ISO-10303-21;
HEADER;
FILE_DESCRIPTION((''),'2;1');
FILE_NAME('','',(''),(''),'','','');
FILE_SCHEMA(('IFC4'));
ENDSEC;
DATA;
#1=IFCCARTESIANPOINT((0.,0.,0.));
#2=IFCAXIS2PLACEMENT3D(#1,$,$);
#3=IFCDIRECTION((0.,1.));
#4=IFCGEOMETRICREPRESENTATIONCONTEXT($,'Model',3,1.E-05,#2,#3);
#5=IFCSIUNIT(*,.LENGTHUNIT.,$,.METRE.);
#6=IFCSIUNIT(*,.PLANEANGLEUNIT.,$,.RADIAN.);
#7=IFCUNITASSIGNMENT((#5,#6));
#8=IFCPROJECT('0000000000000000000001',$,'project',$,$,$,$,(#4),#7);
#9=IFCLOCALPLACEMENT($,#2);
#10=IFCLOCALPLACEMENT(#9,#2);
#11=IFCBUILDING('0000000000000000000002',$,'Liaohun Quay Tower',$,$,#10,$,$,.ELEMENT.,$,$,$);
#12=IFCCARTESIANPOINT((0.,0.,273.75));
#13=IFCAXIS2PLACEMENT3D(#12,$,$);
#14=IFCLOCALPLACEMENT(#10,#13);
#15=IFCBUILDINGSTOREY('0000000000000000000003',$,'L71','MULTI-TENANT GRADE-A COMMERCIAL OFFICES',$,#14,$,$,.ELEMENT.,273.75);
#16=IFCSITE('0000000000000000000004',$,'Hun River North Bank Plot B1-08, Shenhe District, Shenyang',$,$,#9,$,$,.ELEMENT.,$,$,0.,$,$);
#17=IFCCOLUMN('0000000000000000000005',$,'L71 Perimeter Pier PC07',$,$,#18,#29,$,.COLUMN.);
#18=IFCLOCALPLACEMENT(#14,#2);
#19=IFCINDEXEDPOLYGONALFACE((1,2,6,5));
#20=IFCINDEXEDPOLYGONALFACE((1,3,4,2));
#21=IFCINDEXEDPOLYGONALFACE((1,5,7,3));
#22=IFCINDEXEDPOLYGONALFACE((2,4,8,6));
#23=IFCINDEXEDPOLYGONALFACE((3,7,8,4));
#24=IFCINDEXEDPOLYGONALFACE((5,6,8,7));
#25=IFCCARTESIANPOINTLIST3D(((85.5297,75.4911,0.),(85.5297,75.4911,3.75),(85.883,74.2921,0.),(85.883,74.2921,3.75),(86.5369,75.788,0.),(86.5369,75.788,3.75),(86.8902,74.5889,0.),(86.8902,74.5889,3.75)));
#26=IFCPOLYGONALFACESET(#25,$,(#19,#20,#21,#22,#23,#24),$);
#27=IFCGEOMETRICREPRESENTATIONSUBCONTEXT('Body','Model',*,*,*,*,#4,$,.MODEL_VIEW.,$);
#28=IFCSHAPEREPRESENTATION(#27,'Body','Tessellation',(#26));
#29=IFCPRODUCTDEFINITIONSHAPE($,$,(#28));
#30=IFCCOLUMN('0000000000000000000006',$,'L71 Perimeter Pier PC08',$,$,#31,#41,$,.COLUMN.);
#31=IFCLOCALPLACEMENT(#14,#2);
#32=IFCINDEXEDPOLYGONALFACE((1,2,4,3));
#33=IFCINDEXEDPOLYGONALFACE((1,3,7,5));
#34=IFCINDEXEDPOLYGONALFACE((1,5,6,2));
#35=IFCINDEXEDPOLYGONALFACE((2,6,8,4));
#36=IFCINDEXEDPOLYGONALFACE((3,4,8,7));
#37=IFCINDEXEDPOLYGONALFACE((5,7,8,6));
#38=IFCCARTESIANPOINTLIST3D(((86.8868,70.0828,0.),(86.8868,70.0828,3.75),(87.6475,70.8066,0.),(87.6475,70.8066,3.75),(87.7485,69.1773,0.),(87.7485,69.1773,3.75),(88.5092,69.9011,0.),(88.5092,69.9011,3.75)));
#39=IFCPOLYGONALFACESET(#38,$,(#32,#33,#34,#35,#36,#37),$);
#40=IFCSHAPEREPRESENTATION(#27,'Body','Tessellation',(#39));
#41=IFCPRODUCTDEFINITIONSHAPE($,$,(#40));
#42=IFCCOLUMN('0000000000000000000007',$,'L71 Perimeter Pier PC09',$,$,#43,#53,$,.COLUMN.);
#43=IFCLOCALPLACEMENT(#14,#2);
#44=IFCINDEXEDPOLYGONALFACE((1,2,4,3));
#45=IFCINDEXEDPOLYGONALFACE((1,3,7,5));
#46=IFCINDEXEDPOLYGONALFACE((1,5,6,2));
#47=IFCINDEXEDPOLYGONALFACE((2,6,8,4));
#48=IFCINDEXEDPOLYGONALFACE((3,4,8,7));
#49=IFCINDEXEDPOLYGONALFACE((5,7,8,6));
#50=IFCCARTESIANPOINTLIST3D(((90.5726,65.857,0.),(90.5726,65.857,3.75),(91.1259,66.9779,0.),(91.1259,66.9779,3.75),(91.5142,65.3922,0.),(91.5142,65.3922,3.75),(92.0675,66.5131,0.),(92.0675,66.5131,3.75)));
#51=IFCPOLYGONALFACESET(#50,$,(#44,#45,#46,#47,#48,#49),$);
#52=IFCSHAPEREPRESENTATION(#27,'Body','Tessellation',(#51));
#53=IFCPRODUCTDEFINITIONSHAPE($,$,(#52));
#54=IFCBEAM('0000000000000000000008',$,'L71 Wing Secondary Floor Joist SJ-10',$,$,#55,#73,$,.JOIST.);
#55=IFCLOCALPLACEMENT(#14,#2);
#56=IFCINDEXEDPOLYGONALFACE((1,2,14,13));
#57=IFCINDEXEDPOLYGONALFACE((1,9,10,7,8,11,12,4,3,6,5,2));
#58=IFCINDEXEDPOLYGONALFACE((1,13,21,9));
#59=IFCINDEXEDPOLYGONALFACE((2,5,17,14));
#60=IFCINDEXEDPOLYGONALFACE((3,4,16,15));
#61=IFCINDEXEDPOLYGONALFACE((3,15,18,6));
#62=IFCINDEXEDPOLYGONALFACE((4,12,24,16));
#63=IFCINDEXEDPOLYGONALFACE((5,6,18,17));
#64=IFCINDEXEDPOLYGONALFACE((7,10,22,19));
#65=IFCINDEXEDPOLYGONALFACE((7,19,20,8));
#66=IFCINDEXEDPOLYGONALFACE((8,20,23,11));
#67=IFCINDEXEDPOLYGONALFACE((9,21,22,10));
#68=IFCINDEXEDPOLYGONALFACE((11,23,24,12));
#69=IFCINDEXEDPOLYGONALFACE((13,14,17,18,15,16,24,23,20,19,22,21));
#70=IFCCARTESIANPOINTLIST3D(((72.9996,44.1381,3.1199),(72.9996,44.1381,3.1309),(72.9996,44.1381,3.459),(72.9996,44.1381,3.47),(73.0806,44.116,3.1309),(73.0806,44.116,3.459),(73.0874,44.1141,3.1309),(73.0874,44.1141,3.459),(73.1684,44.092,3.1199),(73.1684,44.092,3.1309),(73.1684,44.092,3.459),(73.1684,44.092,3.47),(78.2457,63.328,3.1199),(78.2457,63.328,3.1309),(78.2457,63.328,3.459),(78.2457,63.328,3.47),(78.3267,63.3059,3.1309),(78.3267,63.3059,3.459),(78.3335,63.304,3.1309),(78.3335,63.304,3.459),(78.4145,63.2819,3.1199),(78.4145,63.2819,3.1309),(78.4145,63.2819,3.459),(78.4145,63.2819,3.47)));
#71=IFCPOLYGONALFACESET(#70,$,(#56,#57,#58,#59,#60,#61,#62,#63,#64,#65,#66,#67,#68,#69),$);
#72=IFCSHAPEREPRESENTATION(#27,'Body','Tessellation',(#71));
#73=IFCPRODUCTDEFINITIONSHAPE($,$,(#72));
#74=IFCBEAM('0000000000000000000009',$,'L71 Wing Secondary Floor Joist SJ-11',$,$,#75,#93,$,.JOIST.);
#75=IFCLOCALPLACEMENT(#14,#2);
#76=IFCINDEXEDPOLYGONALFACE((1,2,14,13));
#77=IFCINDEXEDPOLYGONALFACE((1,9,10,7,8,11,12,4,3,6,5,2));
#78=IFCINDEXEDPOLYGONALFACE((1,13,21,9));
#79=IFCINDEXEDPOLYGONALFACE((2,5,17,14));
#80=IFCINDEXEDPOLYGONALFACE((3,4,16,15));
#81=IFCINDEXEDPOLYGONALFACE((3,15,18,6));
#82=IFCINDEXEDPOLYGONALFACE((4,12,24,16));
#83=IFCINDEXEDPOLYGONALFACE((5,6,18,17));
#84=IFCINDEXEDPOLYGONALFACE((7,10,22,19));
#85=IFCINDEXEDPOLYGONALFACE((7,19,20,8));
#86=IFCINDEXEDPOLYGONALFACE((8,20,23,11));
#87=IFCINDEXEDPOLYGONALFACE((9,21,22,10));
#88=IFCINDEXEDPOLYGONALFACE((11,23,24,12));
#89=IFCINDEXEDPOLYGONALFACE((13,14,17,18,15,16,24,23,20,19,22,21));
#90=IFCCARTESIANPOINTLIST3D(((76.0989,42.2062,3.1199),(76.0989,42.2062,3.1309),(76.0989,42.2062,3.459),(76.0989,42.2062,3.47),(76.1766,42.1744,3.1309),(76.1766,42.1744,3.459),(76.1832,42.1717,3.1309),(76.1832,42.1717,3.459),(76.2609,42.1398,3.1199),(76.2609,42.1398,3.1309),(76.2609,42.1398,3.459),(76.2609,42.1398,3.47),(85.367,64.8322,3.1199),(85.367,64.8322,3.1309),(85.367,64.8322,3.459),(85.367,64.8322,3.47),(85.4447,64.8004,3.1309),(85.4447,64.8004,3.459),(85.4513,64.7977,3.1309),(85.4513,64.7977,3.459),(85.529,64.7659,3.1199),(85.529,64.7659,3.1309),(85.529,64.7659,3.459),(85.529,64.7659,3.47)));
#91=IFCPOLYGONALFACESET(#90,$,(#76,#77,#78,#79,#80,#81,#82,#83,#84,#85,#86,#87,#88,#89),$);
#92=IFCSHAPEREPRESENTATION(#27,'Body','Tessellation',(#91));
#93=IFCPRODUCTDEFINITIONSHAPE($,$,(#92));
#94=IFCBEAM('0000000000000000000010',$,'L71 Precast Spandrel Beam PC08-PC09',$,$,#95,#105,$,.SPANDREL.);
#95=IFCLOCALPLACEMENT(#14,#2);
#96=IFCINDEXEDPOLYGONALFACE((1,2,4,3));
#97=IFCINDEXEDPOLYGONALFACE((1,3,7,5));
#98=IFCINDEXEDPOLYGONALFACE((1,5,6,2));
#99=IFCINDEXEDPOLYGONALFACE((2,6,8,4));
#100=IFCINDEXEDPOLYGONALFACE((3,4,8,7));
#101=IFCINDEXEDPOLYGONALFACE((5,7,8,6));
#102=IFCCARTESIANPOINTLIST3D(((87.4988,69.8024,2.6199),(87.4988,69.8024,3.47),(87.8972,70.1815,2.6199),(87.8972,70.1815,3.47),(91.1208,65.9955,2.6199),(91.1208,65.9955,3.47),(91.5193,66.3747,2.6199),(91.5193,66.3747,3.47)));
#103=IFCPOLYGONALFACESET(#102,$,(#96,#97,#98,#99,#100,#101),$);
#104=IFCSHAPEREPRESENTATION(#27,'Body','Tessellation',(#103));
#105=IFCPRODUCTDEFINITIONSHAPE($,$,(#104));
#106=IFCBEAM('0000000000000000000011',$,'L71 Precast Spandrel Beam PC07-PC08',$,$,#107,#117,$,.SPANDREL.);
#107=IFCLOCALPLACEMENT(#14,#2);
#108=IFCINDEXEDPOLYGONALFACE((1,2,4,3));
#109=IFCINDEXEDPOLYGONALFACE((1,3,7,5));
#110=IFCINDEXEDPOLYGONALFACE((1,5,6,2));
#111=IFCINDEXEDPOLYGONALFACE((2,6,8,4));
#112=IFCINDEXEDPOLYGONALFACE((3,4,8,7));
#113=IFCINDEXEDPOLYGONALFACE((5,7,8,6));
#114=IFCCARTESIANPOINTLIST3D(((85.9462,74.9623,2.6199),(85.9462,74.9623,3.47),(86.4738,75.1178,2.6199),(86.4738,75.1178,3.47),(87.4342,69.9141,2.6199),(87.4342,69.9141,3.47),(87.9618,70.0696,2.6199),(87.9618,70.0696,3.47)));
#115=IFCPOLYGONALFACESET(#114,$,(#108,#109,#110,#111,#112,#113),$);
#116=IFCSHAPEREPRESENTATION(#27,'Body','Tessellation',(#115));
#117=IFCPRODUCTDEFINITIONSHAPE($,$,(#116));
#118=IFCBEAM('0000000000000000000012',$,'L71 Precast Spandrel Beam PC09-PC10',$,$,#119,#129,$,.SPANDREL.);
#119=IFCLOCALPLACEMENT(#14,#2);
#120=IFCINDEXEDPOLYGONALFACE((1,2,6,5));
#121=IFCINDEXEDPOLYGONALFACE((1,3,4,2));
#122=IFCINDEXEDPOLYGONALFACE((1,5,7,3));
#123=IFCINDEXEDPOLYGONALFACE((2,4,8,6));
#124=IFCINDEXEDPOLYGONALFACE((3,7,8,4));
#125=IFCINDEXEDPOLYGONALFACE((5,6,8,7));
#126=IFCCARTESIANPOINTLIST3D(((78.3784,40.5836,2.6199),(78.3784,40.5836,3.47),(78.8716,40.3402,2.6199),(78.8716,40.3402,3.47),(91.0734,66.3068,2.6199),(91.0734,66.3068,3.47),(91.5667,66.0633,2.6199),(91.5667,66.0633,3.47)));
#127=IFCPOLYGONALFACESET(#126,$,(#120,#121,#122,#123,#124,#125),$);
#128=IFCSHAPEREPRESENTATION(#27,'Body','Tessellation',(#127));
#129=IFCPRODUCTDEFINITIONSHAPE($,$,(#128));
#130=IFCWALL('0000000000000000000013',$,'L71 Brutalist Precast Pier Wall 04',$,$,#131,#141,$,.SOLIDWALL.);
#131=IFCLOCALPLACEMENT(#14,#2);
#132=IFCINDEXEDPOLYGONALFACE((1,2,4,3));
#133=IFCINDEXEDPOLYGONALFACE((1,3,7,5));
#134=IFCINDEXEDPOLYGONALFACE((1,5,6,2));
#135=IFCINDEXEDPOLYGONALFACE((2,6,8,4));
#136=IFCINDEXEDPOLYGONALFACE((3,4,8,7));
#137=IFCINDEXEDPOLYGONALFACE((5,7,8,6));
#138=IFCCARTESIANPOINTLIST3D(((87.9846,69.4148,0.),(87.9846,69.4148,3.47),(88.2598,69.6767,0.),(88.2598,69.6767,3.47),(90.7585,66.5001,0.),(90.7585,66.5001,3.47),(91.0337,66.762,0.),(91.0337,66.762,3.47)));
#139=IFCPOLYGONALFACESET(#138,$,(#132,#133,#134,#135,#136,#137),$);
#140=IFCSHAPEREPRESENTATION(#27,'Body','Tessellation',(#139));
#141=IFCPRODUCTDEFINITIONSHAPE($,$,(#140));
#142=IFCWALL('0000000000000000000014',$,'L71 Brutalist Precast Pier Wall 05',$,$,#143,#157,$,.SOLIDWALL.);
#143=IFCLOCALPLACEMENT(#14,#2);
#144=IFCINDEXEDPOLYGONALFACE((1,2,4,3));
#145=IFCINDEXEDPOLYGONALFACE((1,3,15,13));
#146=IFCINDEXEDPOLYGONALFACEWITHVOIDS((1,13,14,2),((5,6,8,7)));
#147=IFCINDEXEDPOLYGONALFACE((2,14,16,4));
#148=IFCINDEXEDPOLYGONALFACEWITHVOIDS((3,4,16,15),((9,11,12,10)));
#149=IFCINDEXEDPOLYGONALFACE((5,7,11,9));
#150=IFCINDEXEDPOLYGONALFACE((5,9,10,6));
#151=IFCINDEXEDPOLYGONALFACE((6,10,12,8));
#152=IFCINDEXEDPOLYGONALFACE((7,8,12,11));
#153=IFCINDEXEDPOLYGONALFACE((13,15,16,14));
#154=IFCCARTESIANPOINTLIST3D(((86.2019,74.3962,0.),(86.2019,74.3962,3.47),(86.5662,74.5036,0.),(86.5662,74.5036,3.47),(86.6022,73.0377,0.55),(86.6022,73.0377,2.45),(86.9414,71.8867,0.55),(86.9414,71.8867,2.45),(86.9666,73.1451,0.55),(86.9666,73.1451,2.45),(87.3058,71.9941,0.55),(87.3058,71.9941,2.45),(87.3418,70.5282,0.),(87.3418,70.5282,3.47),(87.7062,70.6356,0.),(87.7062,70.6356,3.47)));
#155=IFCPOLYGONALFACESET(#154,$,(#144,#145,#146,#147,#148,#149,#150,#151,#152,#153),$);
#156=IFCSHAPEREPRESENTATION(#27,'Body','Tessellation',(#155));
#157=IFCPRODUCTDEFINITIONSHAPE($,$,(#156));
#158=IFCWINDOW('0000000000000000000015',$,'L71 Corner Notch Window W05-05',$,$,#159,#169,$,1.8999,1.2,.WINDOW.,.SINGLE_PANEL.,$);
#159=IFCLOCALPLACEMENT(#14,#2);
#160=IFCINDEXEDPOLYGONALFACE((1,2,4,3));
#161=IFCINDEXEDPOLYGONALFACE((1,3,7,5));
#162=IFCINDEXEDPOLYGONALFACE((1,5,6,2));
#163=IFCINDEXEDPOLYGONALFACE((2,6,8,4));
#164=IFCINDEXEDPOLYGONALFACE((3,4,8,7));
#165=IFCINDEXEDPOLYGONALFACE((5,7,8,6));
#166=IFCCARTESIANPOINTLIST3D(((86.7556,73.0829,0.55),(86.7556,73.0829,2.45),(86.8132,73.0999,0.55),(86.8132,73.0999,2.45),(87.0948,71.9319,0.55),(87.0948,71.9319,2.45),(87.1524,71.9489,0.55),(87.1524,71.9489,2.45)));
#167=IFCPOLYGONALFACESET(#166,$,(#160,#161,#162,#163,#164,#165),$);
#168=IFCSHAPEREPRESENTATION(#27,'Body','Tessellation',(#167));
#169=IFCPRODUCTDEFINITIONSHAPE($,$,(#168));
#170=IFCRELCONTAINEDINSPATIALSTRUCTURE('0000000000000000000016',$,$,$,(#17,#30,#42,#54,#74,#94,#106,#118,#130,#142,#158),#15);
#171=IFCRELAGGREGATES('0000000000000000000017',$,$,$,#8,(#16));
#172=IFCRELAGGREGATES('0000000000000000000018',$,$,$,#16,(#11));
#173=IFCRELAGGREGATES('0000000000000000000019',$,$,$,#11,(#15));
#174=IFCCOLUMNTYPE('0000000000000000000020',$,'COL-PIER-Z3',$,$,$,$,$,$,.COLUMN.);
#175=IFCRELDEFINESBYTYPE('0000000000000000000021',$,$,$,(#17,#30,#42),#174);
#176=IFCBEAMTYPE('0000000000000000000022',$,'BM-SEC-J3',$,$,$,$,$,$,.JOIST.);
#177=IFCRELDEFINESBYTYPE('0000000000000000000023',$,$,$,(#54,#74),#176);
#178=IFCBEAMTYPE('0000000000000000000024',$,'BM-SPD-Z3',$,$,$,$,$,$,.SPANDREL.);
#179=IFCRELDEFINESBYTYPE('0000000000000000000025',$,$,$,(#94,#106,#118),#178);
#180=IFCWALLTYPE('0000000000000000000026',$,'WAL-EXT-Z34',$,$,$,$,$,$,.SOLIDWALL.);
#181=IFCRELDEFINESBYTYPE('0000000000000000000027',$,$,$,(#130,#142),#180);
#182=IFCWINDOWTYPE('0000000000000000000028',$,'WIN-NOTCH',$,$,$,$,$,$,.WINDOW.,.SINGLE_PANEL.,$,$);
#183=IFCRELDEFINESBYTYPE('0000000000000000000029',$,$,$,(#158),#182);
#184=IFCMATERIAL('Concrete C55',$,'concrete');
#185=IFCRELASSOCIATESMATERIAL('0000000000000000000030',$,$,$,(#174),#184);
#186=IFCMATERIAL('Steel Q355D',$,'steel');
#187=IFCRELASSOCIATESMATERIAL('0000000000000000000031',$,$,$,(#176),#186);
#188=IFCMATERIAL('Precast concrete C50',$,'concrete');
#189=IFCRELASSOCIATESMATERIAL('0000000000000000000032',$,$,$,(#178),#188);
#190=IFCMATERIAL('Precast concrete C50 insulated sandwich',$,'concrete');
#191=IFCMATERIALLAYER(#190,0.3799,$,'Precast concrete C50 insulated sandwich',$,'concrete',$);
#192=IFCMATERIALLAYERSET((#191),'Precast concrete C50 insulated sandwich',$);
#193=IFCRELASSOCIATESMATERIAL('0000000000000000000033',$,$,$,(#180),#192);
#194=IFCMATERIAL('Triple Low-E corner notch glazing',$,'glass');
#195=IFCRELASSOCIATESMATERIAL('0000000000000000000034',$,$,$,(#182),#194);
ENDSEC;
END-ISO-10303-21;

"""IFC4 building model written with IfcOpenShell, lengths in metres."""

from ifc_helpers import new_model, si_unit, direction, frame, frame_2d, origin, origin_2d, place, context, subcontext, project, spatial, rectangle, i_section, extrude, source, transform, mapped, material, layer, layer_set, material_profile, profile_set, type_object, element, fill, save


model = new_model("IFC4")

# Units and contexts
model_context = context("Model", 3, precision=1e-05, world=origin(), true_north=direction((0.0, 1.0)))
body_context = subcontext(model_context, "Body", "Model", "MODEL_VIEW")
ifc_project = project(units=[si_unit("LENGTHUNIT", "METRE"), si_unit("PLANEANGLEUNIT", "RADIAN")], contexts=[model_context])

# Site, building, storey
site_placement = place(None, origin())
site = spatial("IfcSite", under=ifc_project, at=site_placement, Name="Hun River North Bank Plot B1-08, Shenhe District, Shenyang", CompositionType="ELEMENT", RefElevation=0.0)
building_placement = place(site_placement, origin())
building = spatial("IfcBuilding", under=site, at=building_placement, Name="Liaohun Quay Tower", CompositionType="ELEMENT")
storey_placement = place(building_placement, frame((0.0, 0.0, 273.75)))
storey = spatial("IfcBuildingStorey", under=building, at=storey_placement, Name="L71", Description="MULTI-TENANT GRADE-A COMMERCIAL OFFICES", CompositionType="ELEMENT", Elevation=273.75)

# Columns
ifc_material_1 = material(Name="Concrete C55", Category="concrete")
ifc_material_profile_1 = material_profile(ifc_material_1, rectangle(XDim=1.25, YDim=1.05, at=origin_2d()), Name="RC1250x1050")
ifc_profile_set_1 = profile_set([ifc_material_profile_1], Name="Concrete C55")
column_type = type_object("IfcColumnType", Name="COL-PIER-Z3", PredefinedType="COLUMN", material=ifc_profile_set_1)
shared_shape_1 = source(origin(), body_context, "Body", "SweptSolid", [
    extrude(rectangle(XDim=1.25, YDim=1.05, at=origin_2d()), origin(), (0.0, 0.0, 1.0), 3.75),
])
for number, where, z_axis, x_axis, name in (
    (1, (86.21, 75.04, 0.0), (0.0, 0.0, 1.0), (-0.282676, 0.959215, 0.0), "L71 Perimeter Pier PC07"),
    (2, (87.698, 69.9919, 0.0), (0.0, 0.0, 1.0), (-0.689367, 0.724413, 0.0), "L71 Perimeter Pier PC08"),
    (3, (91.3201, 66.1851, 0.0), (0.0, 0.0, 1.0), (0.442602, 0.896718, 0.0), "L71 Perimeter Pier PC09"),
):
    element("IfcColumn", number, at=place(storey_placement, frame(where, z_axis=z_axis, x_axis=x_axis)), inside=storey, type_object=column_type, Name=name, PredefinedType="COLUMN", context=body_context, shape_type="MappedRepresentation", body=[
        mapped(shared_shape_1, transform((0.0, 0.0, 0.0), x_axis=(1.0, 0.0, 0.0), y_axis=(0.0, 1.0, 0.0), z_axis=(0.0, 0.0, 1.0), scale=1.0)),
    ])

# Beams
ifc_material_2 = material(Name="Steel Q355D", Category="steel")
ifc_material_profile_2 = material_profile(ifc_material_2, i_section(OverallWidth=0.175, OverallDepth=0.3501, WebThickness=0.0071, FlangeThickness=0.011, at=origin_2d()), Name="HN350x175x7x11")
ifc_profile_set_2 = profile_set([ifc_material_profile_2], Name="Steel Q355D")
beam_type_1 = type_object("IfcBeamType", Name="BM-SEC-J3", PredefinedType="JOIST", material=ifc_profile_set_2)
shared_shape_2 = source(origin(), body_context, "Body", "SweptSolid", [
    extrude(i_section(OverallWidth=0.175, OverallDepth=0.3501, WebThickness=0.0071, FlangeThickness=0.011, at=origin_2d()), origin(), (0.0, 0.0, 1.0), 19.894),
])
beam_1_placement = place(storey_placement, frame((78.3301, 63.3049, 3.2949), z_axis=(-0.263701, -0.964604, 0.0), x_axis=(0.964604, -0.263701, 0.0)))
element("IfcBeam", 4, at=beam_1_placement, inside=storey, type_object=beam_type_1, Name="L71 Wing Secondary Floor Joist SJ-10", PredefinedType="JOIST", context=body_context, shape_type="MappedRepresentation", body=[
    mapped(shared_shape_2, transform((0.0, 0.0, 0.0), x_axis=(1.0, 0.0, 0.0), y_axis=(0.0, 1.0, 0.0), z_axis=(0.0, 0.0, 1.0), scale=1.0)),
])
shared_shape_3 = source(origin(), body_context, "Body", "SweptSolid", [
    extrude(i_section(OverallWidth=0.175, OverallDepth=0.3501, WebThickness=0.0071, FlangeThickness=0.011, at=origin_2d()), origin(), (0.0, 0.0, 1.0), 24.4507),
])
beam_2_placement = place(storey_placement, frame((85.448, 64.7991, 3.2949), z_axis=(-0.379053, -0.925375, 0.0), x_axis=(0.925375, -0.379053, 0.0)))
element("IfcBeam", 5, at=beam_2_placement, inside=storey, type_object=beam_type_1, Name="L71 Wing Secondary Floor Joist SJ-11", PredefinedType="JOIST", context=body_context, shape_type="MappedRepresentation", body=[
    mapped(shared_shape_3, transform((0.0, 0.0, 0.0), x_axis=(1.0, 0.0, 0.0), y_axis=(0.0, 1.0, 0.0), z_axis=(0.0, 0.0, 1.0), scale=1.0)),
])
ifc_material_3 = material(Name="Precast concrete C50", Category="concrete")
ifc_material_profile_3 = material_profile(ifc_material_3, rectangle(XDim=0.55, YDim=0.8501, at=origin_2d()), Name="RC550x850")
ifc_profile_set_3 = profile_set([ifc_material_profile_3], Name="Precast concrete C50")
beam_type_2 = type_object("IfcBeamType", Name="BM-SPD-Z3", PredefinedType="SPANDREL", material=ifc_profile_set_3)
shared_shape_4 = source(origin(), body_context, "Body", "SweptSolid", [
    extrude(rectangle(XDim=0.55, YDim=0.8501, at=origin_2d()), origin(), (0.0, 0.0, 1.0), 5.2546),
])
beam_3_placement = place(storey_placement, frame((87.698, 69.9919, 3.0449), z_axis=(0.689302, -0.724474, 0.0), x_axis=(0.724474, 0.689302, 0.0)))
element("IfcBeam", 6, at=beam_3_placement, inside=storey, type_object=beam_type_2, Name="L71 Precast Spandrel Beam PC08-PC09", PredefinedType="SPANDREL", context=body_context, shape_type="MappedRepresentation", body=[
    mapped(shared_shape_4, transform((0.0, 0.0, 0.0), x_axis=(1.0, 0.0, 0.0), y_axis=(0.0, 1.0, 0.0), z_axis=(0.0, 0.0, 1.0), scale=1.0)),
])
shared_shape_5 = source(origin(), body_context, "Body", "SweptSolid", [
    extrude(rectangle(XDim=0.55, YDim=0.8501, at=origin_2d()), origin(), (0.0, 0.0, 1.0), 5.2629),
])
beam_4_placement = place(storey_placement, frame((86.21, 75.04, 3.0449), z_axis=(0.282744, -0.959195, 0.0), x_axis=(0.959195, 0.282744, 0.0)))
element("IfcBeam", 7, at=beam_4_placement, inside=storey, type_object=beam_type_2, Name="L71 Precast Spandrel Beam PC07-PC08", PredefinedType="SPANDREL", context=body_context, shape_type="MappedRepresentation", body=[
    mapped(shared_shape_5, transform((0.0, 0.0, 0.0), x_axis=(1.0, 0.0, 0.0), y_axis=(0.0, 1.0, 0.0), z_axis=(0.0, 0.0, 1.0), scale=1.0)),
])
shared_shape_6 = source(origin(), body_context, "Body", "SweptSolid", [
    extrude(rectangle(XDim=0.55, YDim=0.8501, at=origin_2d()), origin(), (0.0, 0.0, 1.0), 28.6853),
])
beam_5_placement = place(storey_placement, frame((91.3201, 66.1851, 3.0449), z_axis=(-0.442564, -0.896737, 0.0), x_axis=(0.896737, -0.442564, 0.0)))
element("IfcBeam", 8, at=beam_5_placement, inside=storey, type_object=beam_type_2, Name="L71 Precast Spandrel Beam PC09-PC10", PredefinedType="SPANDREL", context=body_context, shape_type="MappedRepresentation", body=[
    mapped(shared_shape_6, transform((0.0, 0.0, 0.0), x_axis=(1.0, 0.0, 0.0), y_axis=(0.0, 1.0, 0.0), z_axis=(0.0, 0.0, 1.0), scale=1.0)),
])

# Wall
ifc_material_4 = material(Name="Precast concrete C50 insulated sandwich", Category="concrete")
ifc_layer_1 = layer(ifc_material_4, 0.3799, Name="Precast concrete C50 insulated sandwich", Category="concrete")
ifc_layer_set_1 = layer_set([ifc_layer_1], Name="Precast concrete C50 insulated sandwich")
wall_type_1 = type_object("IfcWallType", Name="WAL-EXT-Z34", PredefinedType="SOLIDWALL", material=ifc_layer_set_1)
wall_1_placement = place(storey_placement, frame((90.896, 66.6311, 0.0), z_axis=(0.0, 0.0, 1.0), x_axis=(-0.689385, 0.724395, 0.0)))
element("IfcWall", 9, at=wall_1_placement, inside=storey, type_object=wall_type_1, Name="L71 Brutalist Precast Pier Wall 04", PredefinedType="SOLIDWALL", context=body_context, shape_type="SweptSolid", body=[
    extrude(rectangle(XDim=4.0237, YDim=0.3799, at=frame_2d((2.0117, 0.0))), origin(), (0.0, 0.0, 1.0), 3.47),
])

# Wall, opening, window
wall_2_placement = place(storey_placement, frame((87.5239, 70.582, 0.0), z_axis=(0.0, 0.0, 1.0), x_axis=(-0.282684, 0.959213, 0.0)))
wall_2 = element("IfcWall", 10, at=wall_2_placement, inside=storey, type_object=wall_type_1, Name="L71 Brutalist Precast Pier Wall 05", PredefinedType="SOLIDWALL", context=body_context, shape_type="SweptSolid", body=[
    extrude(rectangle(XDim=4.0325, YDim=0.3799, at=frame_2d((2.0161, 0.0))), origin(), (0.0, 0.0, 1.0), 3.47),
])
shared_shape_7 = source(origin(), body_context, "Body", "SweptSolid", [
    extrude(rectangle(XDim=1.2, YDim=1.8999, at=frame_2d((0.6001, 0.95))), frame((0.0, 0.2, 0.0), z_axis=(0.0, -1.0, 0.0), x_axis=(1.0, 0.0, 0.0)), (0.0, 0.0, 1.0), 0.3999),
])
opening_1_placement = place(wall_2_placement, frame((1.416, 0.0, 0.55)))
opening_1 = element("IfcOpeningElement", 11, at=opening_1_placement, cuts=wall_2, PredefinedType="OPENING", context=body_context, shape_type="MappedRepresentation", body=[
    mapped(shared_shape_7, transform((0.0, 0.0, 0.0), x_axis=(1.0, 0.0, 0.0), y_axis=(0.0, 1.0, 0.0), z_axis=(0.0, 0.0, 1.0), scale=1.0)),
])
ifc_material_5 = material(Name="Triple Low-E corner notch glazing", Category="glass")
window_type_1 = type_object("IfcWindowType", Name="WIN-NOTCH", PartitioningType="SINGLE_PANEL", PredefinedType="WINDOW", material=ifc_material_5)
shared_shape_8 = source(origin(), body_context, "Body", "SweptSolid", [
    extrude(rectangle(XDim=1.2, YDim=1.8999, at=frame_2d((0.6001, 0.95))), frame((0.0, 0.03, 0.0), z_axis=(0.0, -1.0, 0.0), x_axis=(1.0, 0.0, 0.0)), (0.0, 0.0, 1.0), 0.0601),
])
window_1_placement = place(opening_1_placement, origin())
window_1 = element("IfcWindow", 12, at=window_1_placement, inside=storey, type_object=window_type_1, Name="L71 Corner Notch Window W05-05", OverallHeight=1.8999, OverallWidth=1.2, PartitioningType="SINGLE_PANEL", PredefinedType="WINDOW", context=body_context, shape_type="MappedRepresentation", body=[
    mapped(shared_shape_8, transform((0.0, 0.0, 0.0), x_axis=(1.0, 0.0, 0.0), y_axis=(0.0, 1.0, 0.0), z_axis=(0.0, 0.0, 1.0), scale=1.0)),
])
fill(opening_1, window_1)

save(model, "model.ifc")
